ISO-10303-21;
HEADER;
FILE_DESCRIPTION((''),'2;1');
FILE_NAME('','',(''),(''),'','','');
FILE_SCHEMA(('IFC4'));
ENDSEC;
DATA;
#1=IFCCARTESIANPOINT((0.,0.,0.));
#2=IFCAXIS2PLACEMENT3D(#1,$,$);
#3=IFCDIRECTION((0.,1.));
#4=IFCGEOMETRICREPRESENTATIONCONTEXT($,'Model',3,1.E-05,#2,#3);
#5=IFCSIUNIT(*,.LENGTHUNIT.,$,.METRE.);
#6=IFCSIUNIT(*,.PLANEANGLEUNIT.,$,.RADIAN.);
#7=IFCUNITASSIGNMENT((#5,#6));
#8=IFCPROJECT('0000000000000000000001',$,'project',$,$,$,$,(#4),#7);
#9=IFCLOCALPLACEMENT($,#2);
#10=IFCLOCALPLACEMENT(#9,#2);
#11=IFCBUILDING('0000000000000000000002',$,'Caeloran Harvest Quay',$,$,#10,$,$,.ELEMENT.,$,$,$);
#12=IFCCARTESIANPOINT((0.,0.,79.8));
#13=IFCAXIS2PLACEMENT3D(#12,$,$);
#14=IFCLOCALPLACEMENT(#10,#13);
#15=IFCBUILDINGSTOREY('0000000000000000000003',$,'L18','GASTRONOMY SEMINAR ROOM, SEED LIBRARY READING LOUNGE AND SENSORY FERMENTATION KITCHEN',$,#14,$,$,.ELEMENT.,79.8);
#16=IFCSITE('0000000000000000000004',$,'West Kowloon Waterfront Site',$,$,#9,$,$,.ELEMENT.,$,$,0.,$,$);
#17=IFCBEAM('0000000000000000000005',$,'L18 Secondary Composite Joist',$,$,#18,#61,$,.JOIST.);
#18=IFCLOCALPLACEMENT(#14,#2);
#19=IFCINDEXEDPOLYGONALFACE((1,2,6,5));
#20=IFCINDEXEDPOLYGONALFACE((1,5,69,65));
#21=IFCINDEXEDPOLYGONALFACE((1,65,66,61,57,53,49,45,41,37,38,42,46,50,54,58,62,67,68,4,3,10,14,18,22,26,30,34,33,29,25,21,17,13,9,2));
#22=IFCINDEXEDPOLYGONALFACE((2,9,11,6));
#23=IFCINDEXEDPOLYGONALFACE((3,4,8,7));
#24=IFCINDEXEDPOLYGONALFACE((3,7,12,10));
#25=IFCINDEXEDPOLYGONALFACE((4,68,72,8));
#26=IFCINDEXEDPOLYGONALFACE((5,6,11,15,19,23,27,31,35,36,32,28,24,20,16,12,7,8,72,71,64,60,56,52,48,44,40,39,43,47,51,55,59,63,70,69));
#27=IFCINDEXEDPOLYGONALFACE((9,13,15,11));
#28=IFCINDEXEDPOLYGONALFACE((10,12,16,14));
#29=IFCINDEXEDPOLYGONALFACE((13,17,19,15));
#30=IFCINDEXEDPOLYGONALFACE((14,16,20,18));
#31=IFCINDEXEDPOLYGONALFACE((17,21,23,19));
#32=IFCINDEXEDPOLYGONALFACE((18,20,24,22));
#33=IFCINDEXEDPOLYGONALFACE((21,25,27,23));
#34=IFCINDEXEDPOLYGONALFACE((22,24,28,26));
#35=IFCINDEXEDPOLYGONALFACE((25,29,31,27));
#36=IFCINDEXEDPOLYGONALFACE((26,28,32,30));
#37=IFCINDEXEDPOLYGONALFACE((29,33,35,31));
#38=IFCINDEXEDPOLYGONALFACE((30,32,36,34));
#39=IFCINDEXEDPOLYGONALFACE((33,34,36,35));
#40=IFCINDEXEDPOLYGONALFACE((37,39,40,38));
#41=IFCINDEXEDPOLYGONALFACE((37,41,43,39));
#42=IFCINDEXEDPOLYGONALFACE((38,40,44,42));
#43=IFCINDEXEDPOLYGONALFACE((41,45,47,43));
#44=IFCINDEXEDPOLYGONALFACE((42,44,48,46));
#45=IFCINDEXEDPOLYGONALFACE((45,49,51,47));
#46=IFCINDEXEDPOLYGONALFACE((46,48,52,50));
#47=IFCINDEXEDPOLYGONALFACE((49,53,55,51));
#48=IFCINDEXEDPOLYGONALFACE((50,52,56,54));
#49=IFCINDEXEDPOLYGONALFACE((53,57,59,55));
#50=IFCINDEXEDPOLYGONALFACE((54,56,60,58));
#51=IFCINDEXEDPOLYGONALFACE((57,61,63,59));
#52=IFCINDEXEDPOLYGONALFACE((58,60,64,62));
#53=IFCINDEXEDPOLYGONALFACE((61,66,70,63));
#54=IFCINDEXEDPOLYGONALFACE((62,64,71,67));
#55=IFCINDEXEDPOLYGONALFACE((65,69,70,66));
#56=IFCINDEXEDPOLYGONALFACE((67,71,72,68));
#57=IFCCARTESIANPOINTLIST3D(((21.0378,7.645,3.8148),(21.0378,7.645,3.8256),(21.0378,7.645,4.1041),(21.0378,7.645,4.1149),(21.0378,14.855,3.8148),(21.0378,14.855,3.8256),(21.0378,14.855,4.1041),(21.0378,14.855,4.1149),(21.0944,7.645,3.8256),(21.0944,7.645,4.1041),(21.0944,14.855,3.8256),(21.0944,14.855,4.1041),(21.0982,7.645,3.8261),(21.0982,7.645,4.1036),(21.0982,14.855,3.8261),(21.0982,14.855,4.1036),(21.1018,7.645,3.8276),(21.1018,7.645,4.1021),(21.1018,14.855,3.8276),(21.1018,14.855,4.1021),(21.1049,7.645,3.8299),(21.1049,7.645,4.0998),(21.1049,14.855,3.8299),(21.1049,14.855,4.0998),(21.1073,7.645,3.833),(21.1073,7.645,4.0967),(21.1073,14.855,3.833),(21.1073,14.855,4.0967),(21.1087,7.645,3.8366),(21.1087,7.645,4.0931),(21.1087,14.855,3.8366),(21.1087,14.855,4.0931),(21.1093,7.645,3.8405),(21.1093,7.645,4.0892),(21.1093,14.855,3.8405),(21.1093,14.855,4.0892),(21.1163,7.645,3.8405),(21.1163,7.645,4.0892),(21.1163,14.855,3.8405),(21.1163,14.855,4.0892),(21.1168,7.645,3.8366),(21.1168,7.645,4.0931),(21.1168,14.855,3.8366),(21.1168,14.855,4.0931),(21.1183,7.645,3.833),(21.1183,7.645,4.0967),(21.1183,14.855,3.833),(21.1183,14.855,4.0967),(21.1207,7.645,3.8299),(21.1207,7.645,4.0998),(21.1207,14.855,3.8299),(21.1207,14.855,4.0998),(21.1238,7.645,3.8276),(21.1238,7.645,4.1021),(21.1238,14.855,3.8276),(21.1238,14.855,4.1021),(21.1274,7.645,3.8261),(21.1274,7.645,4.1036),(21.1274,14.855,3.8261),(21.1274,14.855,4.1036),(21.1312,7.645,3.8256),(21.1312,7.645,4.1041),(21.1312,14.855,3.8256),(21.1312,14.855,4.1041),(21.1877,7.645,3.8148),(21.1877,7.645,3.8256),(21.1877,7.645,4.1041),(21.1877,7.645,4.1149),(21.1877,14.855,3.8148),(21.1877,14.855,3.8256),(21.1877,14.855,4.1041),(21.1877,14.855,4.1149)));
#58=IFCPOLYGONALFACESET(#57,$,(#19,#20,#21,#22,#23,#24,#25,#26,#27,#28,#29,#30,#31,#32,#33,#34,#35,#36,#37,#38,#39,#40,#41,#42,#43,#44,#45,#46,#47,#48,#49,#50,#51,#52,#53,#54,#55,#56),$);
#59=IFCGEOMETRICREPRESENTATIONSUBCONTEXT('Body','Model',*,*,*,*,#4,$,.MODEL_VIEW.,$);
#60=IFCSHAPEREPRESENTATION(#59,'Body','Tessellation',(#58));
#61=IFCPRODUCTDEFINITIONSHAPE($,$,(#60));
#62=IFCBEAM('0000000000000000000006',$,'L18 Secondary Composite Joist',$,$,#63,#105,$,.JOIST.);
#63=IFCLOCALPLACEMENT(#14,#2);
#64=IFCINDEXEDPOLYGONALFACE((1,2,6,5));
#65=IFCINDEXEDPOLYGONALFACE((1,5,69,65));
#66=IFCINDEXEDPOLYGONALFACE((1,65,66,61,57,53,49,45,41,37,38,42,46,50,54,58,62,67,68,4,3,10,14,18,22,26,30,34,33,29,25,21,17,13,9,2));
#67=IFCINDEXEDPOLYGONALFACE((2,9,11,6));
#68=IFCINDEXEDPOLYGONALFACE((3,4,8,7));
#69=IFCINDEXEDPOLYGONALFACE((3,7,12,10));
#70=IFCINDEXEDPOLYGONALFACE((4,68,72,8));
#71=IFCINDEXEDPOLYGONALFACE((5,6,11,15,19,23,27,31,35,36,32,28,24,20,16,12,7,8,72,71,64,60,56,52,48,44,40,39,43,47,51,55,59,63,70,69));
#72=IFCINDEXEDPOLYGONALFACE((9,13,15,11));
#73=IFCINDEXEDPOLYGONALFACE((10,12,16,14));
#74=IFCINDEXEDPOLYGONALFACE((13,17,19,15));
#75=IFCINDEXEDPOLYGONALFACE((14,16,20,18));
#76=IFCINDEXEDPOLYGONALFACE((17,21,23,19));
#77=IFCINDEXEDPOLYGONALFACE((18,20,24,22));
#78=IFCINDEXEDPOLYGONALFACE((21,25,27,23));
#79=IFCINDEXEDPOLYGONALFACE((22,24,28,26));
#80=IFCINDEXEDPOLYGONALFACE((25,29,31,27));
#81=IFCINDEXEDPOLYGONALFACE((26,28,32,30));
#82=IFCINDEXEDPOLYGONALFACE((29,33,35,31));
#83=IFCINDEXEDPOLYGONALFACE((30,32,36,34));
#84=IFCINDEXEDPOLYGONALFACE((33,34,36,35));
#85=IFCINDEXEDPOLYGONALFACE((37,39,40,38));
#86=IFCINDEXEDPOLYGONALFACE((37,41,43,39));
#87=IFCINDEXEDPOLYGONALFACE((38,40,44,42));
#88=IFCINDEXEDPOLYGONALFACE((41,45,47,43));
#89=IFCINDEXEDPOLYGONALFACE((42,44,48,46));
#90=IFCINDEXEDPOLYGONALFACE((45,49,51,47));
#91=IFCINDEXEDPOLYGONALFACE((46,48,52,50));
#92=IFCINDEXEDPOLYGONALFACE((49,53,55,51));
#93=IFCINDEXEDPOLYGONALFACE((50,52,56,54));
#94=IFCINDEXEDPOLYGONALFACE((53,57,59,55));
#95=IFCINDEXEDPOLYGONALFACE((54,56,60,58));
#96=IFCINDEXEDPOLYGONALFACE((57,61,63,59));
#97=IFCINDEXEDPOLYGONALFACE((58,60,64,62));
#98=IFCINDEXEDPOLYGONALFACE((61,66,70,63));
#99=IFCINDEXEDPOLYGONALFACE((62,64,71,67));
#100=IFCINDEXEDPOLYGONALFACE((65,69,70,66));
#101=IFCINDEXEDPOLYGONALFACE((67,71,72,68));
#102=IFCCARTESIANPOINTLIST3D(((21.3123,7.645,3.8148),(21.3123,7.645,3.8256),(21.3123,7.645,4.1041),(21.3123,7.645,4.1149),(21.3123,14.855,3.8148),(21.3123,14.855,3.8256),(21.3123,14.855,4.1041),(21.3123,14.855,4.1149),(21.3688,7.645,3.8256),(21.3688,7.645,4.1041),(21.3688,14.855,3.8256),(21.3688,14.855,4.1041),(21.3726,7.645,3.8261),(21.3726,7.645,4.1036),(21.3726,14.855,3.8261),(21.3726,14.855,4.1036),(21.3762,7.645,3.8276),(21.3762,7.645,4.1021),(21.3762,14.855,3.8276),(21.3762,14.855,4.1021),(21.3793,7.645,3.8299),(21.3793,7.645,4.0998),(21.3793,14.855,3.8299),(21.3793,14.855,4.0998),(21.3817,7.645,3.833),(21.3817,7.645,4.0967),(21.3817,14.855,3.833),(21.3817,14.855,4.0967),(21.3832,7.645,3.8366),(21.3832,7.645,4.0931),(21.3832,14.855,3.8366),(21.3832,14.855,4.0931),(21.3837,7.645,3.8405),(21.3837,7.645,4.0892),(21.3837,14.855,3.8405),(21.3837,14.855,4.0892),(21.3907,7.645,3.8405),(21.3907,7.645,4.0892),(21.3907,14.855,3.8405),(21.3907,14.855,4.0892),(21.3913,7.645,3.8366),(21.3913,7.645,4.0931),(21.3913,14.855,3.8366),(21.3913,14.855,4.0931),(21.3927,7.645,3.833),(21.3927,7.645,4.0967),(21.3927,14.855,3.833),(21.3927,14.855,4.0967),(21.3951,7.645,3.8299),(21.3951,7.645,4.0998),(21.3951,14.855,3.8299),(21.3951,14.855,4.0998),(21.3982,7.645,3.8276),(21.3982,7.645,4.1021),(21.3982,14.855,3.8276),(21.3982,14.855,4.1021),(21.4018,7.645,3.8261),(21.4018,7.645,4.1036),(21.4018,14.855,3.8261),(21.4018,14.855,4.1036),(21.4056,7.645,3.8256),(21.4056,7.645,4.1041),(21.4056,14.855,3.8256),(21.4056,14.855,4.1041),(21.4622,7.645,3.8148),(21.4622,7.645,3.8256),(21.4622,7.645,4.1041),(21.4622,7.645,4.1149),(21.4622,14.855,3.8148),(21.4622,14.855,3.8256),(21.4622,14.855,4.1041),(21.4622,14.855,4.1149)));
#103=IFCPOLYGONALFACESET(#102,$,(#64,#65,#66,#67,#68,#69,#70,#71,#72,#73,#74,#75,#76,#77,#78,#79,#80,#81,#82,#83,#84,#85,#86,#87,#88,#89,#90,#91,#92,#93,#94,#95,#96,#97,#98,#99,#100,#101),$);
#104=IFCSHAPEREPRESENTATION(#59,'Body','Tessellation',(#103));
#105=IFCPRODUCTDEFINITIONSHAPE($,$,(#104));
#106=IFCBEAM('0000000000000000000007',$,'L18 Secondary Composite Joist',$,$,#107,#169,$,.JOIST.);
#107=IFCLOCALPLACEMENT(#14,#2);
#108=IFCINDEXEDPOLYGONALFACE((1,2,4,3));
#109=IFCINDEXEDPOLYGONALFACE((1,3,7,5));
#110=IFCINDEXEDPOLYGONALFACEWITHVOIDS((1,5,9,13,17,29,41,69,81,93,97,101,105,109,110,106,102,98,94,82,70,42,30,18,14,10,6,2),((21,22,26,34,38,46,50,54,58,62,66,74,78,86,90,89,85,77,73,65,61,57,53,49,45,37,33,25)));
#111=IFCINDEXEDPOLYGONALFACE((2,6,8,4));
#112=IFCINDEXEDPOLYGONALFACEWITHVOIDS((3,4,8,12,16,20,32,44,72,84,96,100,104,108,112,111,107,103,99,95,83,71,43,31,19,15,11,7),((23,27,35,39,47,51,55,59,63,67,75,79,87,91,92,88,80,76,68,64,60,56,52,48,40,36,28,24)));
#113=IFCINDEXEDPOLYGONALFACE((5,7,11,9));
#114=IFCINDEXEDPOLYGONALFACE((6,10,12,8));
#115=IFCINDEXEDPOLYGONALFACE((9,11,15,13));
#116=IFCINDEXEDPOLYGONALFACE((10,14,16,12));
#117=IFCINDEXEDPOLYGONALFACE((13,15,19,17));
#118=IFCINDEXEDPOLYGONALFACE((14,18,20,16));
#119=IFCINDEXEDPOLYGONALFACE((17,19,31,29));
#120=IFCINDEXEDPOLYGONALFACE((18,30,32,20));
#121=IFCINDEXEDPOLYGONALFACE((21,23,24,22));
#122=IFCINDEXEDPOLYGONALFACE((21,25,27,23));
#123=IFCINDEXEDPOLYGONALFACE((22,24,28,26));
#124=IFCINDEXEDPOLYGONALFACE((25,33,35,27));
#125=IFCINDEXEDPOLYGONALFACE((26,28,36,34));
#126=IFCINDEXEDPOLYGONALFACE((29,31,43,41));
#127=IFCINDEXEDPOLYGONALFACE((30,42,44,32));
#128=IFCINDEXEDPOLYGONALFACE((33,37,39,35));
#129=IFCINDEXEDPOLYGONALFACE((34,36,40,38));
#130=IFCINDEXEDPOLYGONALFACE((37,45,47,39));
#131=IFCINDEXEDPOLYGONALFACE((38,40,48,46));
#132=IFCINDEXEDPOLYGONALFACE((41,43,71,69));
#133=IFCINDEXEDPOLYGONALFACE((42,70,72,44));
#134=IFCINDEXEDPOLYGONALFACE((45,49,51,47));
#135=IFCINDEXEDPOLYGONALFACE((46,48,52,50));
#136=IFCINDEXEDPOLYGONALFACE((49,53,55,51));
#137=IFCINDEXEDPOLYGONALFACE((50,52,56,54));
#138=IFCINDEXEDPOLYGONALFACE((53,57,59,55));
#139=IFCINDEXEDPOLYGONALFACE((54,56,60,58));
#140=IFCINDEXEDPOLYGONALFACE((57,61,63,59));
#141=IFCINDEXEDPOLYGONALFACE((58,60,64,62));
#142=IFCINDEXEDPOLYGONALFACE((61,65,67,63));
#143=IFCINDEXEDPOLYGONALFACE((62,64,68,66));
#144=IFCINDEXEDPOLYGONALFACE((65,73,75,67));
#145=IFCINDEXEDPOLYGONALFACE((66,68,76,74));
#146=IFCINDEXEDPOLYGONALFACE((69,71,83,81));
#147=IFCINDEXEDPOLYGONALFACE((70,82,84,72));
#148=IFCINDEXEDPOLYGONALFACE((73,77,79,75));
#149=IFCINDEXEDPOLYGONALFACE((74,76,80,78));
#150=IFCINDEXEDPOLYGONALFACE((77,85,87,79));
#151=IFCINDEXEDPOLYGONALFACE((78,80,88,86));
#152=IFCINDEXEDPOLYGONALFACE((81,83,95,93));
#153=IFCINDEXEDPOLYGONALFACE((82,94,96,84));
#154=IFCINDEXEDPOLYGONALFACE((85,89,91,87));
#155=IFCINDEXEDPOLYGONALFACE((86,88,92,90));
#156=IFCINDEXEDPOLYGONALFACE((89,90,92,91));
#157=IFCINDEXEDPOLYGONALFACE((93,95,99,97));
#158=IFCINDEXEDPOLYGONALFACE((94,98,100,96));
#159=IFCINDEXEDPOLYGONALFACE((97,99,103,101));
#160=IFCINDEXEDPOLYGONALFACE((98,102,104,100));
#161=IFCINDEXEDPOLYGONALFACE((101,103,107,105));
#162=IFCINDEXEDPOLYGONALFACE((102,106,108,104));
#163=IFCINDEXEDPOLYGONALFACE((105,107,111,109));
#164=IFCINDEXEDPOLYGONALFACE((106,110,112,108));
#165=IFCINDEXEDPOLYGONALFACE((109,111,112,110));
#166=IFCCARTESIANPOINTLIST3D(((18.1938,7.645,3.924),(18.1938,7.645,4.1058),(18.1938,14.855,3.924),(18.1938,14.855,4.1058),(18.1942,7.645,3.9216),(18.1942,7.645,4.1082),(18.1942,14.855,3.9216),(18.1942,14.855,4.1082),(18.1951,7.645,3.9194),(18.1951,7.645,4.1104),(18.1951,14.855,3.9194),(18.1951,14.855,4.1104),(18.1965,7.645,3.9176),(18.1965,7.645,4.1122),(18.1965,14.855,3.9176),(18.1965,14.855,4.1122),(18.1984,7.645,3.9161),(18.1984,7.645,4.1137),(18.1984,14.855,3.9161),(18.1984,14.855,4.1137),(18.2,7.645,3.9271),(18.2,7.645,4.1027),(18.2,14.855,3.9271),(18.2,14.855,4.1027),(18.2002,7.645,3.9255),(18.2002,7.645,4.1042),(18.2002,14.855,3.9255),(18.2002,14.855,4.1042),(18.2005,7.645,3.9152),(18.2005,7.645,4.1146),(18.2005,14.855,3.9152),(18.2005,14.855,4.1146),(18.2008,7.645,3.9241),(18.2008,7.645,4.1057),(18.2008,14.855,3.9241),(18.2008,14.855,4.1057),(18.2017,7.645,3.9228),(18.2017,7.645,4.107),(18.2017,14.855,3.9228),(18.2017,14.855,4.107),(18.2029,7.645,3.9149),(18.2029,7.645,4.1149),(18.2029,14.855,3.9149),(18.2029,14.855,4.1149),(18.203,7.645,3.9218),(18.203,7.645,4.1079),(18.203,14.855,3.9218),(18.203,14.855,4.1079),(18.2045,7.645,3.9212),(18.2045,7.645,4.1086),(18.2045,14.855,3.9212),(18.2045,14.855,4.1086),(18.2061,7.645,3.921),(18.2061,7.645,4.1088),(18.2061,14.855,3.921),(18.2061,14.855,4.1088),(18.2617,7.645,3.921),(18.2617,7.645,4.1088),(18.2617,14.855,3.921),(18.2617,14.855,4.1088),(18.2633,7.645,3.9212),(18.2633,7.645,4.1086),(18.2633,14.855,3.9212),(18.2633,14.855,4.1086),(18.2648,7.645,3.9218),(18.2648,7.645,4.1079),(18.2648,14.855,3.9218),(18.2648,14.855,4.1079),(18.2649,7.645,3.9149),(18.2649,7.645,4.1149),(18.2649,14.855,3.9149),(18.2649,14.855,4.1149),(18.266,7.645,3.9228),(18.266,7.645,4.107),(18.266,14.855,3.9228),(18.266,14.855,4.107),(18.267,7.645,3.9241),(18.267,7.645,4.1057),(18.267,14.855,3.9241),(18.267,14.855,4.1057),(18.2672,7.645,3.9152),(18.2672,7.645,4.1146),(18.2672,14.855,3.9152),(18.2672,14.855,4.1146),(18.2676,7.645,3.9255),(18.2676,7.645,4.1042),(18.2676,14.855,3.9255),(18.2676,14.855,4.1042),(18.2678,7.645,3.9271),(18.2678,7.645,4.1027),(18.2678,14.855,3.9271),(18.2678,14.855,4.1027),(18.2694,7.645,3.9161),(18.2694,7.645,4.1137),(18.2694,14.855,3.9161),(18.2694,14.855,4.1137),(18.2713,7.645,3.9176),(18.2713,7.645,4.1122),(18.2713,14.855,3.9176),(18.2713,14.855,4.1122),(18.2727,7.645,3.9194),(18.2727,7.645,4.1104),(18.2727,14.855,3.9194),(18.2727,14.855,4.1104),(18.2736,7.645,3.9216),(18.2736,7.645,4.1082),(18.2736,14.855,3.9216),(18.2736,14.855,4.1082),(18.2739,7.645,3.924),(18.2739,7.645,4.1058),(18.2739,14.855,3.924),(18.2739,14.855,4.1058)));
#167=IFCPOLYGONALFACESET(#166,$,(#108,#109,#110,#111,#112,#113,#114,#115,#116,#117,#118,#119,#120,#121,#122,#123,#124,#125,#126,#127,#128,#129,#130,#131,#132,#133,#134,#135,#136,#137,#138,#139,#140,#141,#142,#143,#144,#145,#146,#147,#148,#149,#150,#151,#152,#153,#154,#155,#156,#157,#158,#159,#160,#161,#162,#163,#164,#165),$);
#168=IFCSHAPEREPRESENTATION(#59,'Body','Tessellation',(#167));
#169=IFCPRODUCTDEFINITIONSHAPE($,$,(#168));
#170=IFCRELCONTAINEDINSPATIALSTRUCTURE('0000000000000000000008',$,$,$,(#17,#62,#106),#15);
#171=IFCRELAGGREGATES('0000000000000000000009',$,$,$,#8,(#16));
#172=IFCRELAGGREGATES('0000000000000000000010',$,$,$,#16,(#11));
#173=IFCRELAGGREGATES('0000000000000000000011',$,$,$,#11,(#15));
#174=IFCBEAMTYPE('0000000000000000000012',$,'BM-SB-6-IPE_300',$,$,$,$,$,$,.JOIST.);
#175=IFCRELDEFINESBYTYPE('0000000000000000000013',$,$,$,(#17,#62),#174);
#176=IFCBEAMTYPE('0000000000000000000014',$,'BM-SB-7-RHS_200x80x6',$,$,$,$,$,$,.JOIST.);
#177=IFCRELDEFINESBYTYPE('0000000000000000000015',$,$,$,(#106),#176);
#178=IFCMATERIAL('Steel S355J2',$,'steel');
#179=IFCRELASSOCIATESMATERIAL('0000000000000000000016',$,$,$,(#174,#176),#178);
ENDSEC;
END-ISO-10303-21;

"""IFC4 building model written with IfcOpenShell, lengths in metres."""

from ifc_helpers import new_model, si_unit, direction, frame, origin, origin_2d, place, context, subcontext, project, spatial, hollow_rectangle, i_section, extrude, material, material_profile, profile_set, type_object, element, save


model = new_model("IFC4")

# Units and contexts
model_context = context("Model", 3, precision=1e-05, world=origin(), true_north=direction((0.0, 1.0)))
body_context = subcontext(model_context, "Body", "Model", "MODEL_VIEW")
ifc_project = project(units=[si_unit("LENGTHUNIT", "METRE"), si_unit("PLANEANGLEUNIT", "RADIAN")], contexts=[model_context])

# Site, building, storey
site_placement = place(None, origin())
site = spatial("IfcSite", under=ifc_project, at=site_placement, Name="West Kowloon Waterfront Site", CompositionType="ELEMENT", RefElevation=0.0)
building_placement = place(site_placement, origin())
building = spatial("IfcBuilding", under=site, at=building_placement, Name="Caeloran Harvest Quay", CompositionType="ELEMENT")
storey_placement = place(building_placement, frame((0.0, 0.0, 79.8)))
storey = spatial("IfcBuildingStorey", under=building, at=storey_placement, Name="L18", Description="GASTRONOMY SEMINAR ROOM, SEED LIBRARY READING LOUNGE AND SENSORY FERMENTATION KITCHEN", CompositionType="ELEMENT", Elevation=79.8)

# Beams
ifc_material_1 = material(Name="Steel S355J2", Category="steel")
ifc_material_profile_1 = material_profile(ifc_material_1, i_section(OverallWidth=0.1499, OverallDepth=0.3, WebThickness=0.0071, FlangeThickness=0.0107, FilletRadius=0.0149, at=origin_2d()), Name="IPE 300")
ifc_profile_set_1 = profile_set([ifc_material_profile_1], Name="Steel S355J2")
beam_type_1 = type_object("IfcBeamType", Name="BM-SB-6-IPE_300", PredefinedType="JOIST", material=ifc_profile_set_1)
for number, where, z_axis, x_axis, name in (
    (1, (21.1128, 7.645, 3.9648), (0.0, 1.0, 0.0), (-1.0, 0.0, 0.0), "L18 Secondary Composite Joist"),
    (2, (21.3872, 7.645, 3.9648), (0.0, 1.0, 0.0), (-1.0, 0.0, 0.0), "L18 Secondary Composite Joist"),
):
    element("IfcBeam", number, at=place(storey_placement, frame(where, z_axis=z_axis, x_axis=x_axis)), inside=storey, type_object=beam_type_1, Name=name, PredefinedType="JOIST", context=body_context, shape_type="SweptSolid", body=[
        extrude(i_section(OverallWidth=0.1499, OverallDepth=0.3, WebThickness=0.0071, FlangeThickness=0.0107, FilletRadius=0.0149, at=origin_2d()), origin(), (0.0, 0.0, 1.0), 7.21),
    ])
ifc_material_profile_2 = material_profile(ifc_material_1, hollow_rectangle(XDim=0.0801, YDim=0.2, WallThickness=0.0061, InnerFilletRadius=0.0061, OuterFilletRadius=0.009, at=origin_2d()), Name="RHS 200x80x6")
ifc_profile_set_2 = profile_set([ifc_material_profile_2], Name="Steel S355J2")
beam_type_2 = type_object("IfcBeamType", Name="BM-SB-7-RHS_200x80x6", PredefinedType="JOIST", material=ifc_profile_set_2)
for number, where, z_axis, x_axis, name in (
    (3, (18.2339, 7.645, 4.0149), (0.0, 1.0, 0.0), (-1.0, 0.0, 0.0), "L18 Secondary Composite Joist"),
):
    element("IfcBeam", number, at=place(storey_placement, frame(where, z_axis=z_axis, x_axis=x_axis)), inside=storey, type_object=beam_type_2, Name=name, PredefinedType="JOIST", context=body_context, shape_type="SweptSolid", body=[
        extrude(hollow_rectangle(XDim=0.0801, YDim=0.2, WallThickness=0.0061, InnerFilletRadius=0.0061, OuterFilletRadius=0.009, at=origin_2d()), origin(), (0.0, 0.0, 1.0), 7.21),
    ])

save(model, "model.ifc")
